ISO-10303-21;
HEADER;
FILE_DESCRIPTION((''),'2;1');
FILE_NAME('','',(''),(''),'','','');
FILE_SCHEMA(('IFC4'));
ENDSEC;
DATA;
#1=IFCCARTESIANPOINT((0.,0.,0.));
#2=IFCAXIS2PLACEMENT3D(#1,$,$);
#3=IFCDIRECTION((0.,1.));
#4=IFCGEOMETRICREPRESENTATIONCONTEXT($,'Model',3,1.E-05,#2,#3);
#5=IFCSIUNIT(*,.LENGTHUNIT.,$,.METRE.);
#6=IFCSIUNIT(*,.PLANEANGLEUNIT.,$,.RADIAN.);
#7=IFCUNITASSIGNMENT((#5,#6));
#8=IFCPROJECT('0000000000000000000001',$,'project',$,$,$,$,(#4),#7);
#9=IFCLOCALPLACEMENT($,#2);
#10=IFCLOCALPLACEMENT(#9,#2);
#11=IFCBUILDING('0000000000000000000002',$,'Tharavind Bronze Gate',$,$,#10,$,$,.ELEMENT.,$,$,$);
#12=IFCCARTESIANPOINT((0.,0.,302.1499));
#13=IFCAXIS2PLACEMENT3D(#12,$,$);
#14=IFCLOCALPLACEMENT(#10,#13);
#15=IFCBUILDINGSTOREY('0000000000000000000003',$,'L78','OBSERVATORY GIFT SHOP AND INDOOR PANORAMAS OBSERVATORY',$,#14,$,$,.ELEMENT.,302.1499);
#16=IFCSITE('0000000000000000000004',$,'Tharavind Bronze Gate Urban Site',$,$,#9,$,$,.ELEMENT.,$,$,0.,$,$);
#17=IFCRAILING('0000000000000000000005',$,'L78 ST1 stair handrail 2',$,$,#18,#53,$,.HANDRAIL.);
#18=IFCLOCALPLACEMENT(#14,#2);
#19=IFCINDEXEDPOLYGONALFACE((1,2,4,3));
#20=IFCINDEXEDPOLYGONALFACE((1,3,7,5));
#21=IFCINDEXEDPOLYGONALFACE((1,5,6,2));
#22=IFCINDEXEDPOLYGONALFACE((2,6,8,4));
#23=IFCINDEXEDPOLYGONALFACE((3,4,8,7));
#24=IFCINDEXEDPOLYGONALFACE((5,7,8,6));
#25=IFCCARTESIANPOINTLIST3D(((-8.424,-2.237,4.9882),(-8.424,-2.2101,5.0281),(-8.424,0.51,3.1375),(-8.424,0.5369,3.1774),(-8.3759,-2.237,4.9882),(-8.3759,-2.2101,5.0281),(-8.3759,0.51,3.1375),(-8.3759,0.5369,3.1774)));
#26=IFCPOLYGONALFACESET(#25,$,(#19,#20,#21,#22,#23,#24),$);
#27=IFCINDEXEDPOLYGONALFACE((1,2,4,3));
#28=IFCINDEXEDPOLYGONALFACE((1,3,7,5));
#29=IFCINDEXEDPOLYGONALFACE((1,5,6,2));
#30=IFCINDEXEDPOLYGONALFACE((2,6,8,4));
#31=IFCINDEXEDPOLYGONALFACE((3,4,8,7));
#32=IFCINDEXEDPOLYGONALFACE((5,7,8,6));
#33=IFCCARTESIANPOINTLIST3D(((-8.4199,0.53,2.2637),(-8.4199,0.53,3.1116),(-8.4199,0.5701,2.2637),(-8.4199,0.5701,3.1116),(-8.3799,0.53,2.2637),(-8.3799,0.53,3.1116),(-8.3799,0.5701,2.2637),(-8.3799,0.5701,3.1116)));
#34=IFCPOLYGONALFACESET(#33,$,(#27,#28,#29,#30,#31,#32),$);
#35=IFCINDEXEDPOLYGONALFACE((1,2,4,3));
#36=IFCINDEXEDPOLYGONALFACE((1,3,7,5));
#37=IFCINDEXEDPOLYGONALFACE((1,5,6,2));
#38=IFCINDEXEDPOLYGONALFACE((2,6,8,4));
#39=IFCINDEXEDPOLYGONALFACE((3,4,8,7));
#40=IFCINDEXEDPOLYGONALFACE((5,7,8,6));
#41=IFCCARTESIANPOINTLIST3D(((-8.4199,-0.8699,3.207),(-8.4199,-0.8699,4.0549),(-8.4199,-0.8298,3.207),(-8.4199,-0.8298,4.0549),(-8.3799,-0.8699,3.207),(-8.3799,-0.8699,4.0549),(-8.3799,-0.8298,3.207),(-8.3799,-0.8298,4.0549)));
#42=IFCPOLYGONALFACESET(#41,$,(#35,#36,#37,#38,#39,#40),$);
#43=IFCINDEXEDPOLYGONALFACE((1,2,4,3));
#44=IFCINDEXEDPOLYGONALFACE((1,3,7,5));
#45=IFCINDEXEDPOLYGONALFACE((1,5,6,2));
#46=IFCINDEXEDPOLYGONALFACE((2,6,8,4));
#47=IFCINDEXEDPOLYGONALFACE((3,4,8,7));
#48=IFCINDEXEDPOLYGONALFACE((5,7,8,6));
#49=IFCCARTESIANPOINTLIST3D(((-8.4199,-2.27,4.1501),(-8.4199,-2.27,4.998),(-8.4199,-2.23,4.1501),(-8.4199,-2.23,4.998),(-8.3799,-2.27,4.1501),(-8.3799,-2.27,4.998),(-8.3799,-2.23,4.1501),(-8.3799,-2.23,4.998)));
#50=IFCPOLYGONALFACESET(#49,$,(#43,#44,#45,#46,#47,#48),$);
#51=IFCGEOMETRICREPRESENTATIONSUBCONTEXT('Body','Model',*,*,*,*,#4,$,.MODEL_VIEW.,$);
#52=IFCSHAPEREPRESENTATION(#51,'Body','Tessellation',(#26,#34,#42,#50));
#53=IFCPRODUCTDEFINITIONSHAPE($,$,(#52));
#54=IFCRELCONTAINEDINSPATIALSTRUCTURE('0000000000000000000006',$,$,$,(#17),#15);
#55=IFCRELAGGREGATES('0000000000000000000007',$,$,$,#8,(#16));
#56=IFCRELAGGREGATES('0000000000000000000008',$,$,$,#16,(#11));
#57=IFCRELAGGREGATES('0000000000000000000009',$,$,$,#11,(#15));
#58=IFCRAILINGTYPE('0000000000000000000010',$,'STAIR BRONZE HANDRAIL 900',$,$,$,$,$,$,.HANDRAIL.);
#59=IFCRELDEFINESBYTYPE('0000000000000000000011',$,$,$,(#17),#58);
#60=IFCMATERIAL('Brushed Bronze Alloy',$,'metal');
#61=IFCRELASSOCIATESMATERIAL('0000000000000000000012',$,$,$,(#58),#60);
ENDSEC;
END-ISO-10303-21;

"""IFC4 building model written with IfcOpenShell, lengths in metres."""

from ifc_helpers import new_model, si_unit, direction, frame, origin, origin_2d, place, context, subcontext, project, spatial, rectangle, extrude, material, type_object, element, save


model = new_model("IFC4")

# Units and contexts
model_context = context("Model", 3, precision=1e-05, world=origin(), true_north=direction((0.0, 1.0)))
body_context = subcontext(model_context, "Body", "Model", "MODEL_VIEW")
ifc_project = project(units=[si_unit("LENGTHUNIT", "METRE"), si_unit("PLANEANGLEUNIT", "RADIAN")], contexts=[model_context])

# Site, building, storey
site_placement = place(None, origin())
site = spatial("IfcSite", under=ifc_project, at=site_placement, Name="Tharavind Bronze Gate Urban Site", CompositionType="ELEMENT", RefElevation=0.0)
building_placement = place(site_placement, origin())
building = spatial("IfcBuilding", under=site, at=building_placement, Name="Tharavind Bronze Gate", CompositionType="ELEMENT")
storey_placement = place(building_placement, frame((0.0, 0.0, 302.1499)))
storey = spatial("IfcBuildingStorey", under=building, at=storey_placement, Name="L78", Description="OBSERVATORY GIFT SHOP AND INDOOR PANORAMAS OBSERVATORY", CompositionType="ELEMENT", Elevation=302.1499)

# Railing
ifc_material_1 = material(Name="Brushed Bronze Alloy", Category="metal")
railing_type = type_object("IfcRailingType", Name="STAIR BRONZE HANDRAIL 900", PredefinedType="HANDRAIL", material=ifc_material_1)
railing_placement = place(storey_placement, frame((-8.3999, 0.55, 2.2637)))
element("IfcRailing", 1, at=railing_placement, inside=storey, type_object=railing_type, Name="L78 ST1 stair handrail 2", PredefinedType="HANDRAIL", context=body_context, shape_type="SweptSolid", body=[
    extrude(rectangle(XDim=0.0481, YDim=0.0481, at=origin_2d()), frame((0.0, -0.0266, 0.8938), z_axis=(0.0, -0.829337, 0.558749), x_axis=(1.0, 0.0, 0.0)), (0.0, 0.0, 1.0), 3.3123),
    extrude(rectangle(XDim=0.04, YDim=0.04, at=origin_2d()), origin(), (0.0, 0.0, 1.0), 0.8479),
    extrude(rectangle(XDim=0.04, YDim=0.04, at=origin_2d()), frame((0.0, -1.3999, 0.9434)), (0.0, 0.0, 1.0), 0.8479),
    extrude(rectangle(XDim=0.04, YDim=0.04, at=origin_2d()), frame((0.0, -2.8, 1.8865)), (0.0, 0.0, 1.0), 0.8479),
])

save(model, "model.ifc")
